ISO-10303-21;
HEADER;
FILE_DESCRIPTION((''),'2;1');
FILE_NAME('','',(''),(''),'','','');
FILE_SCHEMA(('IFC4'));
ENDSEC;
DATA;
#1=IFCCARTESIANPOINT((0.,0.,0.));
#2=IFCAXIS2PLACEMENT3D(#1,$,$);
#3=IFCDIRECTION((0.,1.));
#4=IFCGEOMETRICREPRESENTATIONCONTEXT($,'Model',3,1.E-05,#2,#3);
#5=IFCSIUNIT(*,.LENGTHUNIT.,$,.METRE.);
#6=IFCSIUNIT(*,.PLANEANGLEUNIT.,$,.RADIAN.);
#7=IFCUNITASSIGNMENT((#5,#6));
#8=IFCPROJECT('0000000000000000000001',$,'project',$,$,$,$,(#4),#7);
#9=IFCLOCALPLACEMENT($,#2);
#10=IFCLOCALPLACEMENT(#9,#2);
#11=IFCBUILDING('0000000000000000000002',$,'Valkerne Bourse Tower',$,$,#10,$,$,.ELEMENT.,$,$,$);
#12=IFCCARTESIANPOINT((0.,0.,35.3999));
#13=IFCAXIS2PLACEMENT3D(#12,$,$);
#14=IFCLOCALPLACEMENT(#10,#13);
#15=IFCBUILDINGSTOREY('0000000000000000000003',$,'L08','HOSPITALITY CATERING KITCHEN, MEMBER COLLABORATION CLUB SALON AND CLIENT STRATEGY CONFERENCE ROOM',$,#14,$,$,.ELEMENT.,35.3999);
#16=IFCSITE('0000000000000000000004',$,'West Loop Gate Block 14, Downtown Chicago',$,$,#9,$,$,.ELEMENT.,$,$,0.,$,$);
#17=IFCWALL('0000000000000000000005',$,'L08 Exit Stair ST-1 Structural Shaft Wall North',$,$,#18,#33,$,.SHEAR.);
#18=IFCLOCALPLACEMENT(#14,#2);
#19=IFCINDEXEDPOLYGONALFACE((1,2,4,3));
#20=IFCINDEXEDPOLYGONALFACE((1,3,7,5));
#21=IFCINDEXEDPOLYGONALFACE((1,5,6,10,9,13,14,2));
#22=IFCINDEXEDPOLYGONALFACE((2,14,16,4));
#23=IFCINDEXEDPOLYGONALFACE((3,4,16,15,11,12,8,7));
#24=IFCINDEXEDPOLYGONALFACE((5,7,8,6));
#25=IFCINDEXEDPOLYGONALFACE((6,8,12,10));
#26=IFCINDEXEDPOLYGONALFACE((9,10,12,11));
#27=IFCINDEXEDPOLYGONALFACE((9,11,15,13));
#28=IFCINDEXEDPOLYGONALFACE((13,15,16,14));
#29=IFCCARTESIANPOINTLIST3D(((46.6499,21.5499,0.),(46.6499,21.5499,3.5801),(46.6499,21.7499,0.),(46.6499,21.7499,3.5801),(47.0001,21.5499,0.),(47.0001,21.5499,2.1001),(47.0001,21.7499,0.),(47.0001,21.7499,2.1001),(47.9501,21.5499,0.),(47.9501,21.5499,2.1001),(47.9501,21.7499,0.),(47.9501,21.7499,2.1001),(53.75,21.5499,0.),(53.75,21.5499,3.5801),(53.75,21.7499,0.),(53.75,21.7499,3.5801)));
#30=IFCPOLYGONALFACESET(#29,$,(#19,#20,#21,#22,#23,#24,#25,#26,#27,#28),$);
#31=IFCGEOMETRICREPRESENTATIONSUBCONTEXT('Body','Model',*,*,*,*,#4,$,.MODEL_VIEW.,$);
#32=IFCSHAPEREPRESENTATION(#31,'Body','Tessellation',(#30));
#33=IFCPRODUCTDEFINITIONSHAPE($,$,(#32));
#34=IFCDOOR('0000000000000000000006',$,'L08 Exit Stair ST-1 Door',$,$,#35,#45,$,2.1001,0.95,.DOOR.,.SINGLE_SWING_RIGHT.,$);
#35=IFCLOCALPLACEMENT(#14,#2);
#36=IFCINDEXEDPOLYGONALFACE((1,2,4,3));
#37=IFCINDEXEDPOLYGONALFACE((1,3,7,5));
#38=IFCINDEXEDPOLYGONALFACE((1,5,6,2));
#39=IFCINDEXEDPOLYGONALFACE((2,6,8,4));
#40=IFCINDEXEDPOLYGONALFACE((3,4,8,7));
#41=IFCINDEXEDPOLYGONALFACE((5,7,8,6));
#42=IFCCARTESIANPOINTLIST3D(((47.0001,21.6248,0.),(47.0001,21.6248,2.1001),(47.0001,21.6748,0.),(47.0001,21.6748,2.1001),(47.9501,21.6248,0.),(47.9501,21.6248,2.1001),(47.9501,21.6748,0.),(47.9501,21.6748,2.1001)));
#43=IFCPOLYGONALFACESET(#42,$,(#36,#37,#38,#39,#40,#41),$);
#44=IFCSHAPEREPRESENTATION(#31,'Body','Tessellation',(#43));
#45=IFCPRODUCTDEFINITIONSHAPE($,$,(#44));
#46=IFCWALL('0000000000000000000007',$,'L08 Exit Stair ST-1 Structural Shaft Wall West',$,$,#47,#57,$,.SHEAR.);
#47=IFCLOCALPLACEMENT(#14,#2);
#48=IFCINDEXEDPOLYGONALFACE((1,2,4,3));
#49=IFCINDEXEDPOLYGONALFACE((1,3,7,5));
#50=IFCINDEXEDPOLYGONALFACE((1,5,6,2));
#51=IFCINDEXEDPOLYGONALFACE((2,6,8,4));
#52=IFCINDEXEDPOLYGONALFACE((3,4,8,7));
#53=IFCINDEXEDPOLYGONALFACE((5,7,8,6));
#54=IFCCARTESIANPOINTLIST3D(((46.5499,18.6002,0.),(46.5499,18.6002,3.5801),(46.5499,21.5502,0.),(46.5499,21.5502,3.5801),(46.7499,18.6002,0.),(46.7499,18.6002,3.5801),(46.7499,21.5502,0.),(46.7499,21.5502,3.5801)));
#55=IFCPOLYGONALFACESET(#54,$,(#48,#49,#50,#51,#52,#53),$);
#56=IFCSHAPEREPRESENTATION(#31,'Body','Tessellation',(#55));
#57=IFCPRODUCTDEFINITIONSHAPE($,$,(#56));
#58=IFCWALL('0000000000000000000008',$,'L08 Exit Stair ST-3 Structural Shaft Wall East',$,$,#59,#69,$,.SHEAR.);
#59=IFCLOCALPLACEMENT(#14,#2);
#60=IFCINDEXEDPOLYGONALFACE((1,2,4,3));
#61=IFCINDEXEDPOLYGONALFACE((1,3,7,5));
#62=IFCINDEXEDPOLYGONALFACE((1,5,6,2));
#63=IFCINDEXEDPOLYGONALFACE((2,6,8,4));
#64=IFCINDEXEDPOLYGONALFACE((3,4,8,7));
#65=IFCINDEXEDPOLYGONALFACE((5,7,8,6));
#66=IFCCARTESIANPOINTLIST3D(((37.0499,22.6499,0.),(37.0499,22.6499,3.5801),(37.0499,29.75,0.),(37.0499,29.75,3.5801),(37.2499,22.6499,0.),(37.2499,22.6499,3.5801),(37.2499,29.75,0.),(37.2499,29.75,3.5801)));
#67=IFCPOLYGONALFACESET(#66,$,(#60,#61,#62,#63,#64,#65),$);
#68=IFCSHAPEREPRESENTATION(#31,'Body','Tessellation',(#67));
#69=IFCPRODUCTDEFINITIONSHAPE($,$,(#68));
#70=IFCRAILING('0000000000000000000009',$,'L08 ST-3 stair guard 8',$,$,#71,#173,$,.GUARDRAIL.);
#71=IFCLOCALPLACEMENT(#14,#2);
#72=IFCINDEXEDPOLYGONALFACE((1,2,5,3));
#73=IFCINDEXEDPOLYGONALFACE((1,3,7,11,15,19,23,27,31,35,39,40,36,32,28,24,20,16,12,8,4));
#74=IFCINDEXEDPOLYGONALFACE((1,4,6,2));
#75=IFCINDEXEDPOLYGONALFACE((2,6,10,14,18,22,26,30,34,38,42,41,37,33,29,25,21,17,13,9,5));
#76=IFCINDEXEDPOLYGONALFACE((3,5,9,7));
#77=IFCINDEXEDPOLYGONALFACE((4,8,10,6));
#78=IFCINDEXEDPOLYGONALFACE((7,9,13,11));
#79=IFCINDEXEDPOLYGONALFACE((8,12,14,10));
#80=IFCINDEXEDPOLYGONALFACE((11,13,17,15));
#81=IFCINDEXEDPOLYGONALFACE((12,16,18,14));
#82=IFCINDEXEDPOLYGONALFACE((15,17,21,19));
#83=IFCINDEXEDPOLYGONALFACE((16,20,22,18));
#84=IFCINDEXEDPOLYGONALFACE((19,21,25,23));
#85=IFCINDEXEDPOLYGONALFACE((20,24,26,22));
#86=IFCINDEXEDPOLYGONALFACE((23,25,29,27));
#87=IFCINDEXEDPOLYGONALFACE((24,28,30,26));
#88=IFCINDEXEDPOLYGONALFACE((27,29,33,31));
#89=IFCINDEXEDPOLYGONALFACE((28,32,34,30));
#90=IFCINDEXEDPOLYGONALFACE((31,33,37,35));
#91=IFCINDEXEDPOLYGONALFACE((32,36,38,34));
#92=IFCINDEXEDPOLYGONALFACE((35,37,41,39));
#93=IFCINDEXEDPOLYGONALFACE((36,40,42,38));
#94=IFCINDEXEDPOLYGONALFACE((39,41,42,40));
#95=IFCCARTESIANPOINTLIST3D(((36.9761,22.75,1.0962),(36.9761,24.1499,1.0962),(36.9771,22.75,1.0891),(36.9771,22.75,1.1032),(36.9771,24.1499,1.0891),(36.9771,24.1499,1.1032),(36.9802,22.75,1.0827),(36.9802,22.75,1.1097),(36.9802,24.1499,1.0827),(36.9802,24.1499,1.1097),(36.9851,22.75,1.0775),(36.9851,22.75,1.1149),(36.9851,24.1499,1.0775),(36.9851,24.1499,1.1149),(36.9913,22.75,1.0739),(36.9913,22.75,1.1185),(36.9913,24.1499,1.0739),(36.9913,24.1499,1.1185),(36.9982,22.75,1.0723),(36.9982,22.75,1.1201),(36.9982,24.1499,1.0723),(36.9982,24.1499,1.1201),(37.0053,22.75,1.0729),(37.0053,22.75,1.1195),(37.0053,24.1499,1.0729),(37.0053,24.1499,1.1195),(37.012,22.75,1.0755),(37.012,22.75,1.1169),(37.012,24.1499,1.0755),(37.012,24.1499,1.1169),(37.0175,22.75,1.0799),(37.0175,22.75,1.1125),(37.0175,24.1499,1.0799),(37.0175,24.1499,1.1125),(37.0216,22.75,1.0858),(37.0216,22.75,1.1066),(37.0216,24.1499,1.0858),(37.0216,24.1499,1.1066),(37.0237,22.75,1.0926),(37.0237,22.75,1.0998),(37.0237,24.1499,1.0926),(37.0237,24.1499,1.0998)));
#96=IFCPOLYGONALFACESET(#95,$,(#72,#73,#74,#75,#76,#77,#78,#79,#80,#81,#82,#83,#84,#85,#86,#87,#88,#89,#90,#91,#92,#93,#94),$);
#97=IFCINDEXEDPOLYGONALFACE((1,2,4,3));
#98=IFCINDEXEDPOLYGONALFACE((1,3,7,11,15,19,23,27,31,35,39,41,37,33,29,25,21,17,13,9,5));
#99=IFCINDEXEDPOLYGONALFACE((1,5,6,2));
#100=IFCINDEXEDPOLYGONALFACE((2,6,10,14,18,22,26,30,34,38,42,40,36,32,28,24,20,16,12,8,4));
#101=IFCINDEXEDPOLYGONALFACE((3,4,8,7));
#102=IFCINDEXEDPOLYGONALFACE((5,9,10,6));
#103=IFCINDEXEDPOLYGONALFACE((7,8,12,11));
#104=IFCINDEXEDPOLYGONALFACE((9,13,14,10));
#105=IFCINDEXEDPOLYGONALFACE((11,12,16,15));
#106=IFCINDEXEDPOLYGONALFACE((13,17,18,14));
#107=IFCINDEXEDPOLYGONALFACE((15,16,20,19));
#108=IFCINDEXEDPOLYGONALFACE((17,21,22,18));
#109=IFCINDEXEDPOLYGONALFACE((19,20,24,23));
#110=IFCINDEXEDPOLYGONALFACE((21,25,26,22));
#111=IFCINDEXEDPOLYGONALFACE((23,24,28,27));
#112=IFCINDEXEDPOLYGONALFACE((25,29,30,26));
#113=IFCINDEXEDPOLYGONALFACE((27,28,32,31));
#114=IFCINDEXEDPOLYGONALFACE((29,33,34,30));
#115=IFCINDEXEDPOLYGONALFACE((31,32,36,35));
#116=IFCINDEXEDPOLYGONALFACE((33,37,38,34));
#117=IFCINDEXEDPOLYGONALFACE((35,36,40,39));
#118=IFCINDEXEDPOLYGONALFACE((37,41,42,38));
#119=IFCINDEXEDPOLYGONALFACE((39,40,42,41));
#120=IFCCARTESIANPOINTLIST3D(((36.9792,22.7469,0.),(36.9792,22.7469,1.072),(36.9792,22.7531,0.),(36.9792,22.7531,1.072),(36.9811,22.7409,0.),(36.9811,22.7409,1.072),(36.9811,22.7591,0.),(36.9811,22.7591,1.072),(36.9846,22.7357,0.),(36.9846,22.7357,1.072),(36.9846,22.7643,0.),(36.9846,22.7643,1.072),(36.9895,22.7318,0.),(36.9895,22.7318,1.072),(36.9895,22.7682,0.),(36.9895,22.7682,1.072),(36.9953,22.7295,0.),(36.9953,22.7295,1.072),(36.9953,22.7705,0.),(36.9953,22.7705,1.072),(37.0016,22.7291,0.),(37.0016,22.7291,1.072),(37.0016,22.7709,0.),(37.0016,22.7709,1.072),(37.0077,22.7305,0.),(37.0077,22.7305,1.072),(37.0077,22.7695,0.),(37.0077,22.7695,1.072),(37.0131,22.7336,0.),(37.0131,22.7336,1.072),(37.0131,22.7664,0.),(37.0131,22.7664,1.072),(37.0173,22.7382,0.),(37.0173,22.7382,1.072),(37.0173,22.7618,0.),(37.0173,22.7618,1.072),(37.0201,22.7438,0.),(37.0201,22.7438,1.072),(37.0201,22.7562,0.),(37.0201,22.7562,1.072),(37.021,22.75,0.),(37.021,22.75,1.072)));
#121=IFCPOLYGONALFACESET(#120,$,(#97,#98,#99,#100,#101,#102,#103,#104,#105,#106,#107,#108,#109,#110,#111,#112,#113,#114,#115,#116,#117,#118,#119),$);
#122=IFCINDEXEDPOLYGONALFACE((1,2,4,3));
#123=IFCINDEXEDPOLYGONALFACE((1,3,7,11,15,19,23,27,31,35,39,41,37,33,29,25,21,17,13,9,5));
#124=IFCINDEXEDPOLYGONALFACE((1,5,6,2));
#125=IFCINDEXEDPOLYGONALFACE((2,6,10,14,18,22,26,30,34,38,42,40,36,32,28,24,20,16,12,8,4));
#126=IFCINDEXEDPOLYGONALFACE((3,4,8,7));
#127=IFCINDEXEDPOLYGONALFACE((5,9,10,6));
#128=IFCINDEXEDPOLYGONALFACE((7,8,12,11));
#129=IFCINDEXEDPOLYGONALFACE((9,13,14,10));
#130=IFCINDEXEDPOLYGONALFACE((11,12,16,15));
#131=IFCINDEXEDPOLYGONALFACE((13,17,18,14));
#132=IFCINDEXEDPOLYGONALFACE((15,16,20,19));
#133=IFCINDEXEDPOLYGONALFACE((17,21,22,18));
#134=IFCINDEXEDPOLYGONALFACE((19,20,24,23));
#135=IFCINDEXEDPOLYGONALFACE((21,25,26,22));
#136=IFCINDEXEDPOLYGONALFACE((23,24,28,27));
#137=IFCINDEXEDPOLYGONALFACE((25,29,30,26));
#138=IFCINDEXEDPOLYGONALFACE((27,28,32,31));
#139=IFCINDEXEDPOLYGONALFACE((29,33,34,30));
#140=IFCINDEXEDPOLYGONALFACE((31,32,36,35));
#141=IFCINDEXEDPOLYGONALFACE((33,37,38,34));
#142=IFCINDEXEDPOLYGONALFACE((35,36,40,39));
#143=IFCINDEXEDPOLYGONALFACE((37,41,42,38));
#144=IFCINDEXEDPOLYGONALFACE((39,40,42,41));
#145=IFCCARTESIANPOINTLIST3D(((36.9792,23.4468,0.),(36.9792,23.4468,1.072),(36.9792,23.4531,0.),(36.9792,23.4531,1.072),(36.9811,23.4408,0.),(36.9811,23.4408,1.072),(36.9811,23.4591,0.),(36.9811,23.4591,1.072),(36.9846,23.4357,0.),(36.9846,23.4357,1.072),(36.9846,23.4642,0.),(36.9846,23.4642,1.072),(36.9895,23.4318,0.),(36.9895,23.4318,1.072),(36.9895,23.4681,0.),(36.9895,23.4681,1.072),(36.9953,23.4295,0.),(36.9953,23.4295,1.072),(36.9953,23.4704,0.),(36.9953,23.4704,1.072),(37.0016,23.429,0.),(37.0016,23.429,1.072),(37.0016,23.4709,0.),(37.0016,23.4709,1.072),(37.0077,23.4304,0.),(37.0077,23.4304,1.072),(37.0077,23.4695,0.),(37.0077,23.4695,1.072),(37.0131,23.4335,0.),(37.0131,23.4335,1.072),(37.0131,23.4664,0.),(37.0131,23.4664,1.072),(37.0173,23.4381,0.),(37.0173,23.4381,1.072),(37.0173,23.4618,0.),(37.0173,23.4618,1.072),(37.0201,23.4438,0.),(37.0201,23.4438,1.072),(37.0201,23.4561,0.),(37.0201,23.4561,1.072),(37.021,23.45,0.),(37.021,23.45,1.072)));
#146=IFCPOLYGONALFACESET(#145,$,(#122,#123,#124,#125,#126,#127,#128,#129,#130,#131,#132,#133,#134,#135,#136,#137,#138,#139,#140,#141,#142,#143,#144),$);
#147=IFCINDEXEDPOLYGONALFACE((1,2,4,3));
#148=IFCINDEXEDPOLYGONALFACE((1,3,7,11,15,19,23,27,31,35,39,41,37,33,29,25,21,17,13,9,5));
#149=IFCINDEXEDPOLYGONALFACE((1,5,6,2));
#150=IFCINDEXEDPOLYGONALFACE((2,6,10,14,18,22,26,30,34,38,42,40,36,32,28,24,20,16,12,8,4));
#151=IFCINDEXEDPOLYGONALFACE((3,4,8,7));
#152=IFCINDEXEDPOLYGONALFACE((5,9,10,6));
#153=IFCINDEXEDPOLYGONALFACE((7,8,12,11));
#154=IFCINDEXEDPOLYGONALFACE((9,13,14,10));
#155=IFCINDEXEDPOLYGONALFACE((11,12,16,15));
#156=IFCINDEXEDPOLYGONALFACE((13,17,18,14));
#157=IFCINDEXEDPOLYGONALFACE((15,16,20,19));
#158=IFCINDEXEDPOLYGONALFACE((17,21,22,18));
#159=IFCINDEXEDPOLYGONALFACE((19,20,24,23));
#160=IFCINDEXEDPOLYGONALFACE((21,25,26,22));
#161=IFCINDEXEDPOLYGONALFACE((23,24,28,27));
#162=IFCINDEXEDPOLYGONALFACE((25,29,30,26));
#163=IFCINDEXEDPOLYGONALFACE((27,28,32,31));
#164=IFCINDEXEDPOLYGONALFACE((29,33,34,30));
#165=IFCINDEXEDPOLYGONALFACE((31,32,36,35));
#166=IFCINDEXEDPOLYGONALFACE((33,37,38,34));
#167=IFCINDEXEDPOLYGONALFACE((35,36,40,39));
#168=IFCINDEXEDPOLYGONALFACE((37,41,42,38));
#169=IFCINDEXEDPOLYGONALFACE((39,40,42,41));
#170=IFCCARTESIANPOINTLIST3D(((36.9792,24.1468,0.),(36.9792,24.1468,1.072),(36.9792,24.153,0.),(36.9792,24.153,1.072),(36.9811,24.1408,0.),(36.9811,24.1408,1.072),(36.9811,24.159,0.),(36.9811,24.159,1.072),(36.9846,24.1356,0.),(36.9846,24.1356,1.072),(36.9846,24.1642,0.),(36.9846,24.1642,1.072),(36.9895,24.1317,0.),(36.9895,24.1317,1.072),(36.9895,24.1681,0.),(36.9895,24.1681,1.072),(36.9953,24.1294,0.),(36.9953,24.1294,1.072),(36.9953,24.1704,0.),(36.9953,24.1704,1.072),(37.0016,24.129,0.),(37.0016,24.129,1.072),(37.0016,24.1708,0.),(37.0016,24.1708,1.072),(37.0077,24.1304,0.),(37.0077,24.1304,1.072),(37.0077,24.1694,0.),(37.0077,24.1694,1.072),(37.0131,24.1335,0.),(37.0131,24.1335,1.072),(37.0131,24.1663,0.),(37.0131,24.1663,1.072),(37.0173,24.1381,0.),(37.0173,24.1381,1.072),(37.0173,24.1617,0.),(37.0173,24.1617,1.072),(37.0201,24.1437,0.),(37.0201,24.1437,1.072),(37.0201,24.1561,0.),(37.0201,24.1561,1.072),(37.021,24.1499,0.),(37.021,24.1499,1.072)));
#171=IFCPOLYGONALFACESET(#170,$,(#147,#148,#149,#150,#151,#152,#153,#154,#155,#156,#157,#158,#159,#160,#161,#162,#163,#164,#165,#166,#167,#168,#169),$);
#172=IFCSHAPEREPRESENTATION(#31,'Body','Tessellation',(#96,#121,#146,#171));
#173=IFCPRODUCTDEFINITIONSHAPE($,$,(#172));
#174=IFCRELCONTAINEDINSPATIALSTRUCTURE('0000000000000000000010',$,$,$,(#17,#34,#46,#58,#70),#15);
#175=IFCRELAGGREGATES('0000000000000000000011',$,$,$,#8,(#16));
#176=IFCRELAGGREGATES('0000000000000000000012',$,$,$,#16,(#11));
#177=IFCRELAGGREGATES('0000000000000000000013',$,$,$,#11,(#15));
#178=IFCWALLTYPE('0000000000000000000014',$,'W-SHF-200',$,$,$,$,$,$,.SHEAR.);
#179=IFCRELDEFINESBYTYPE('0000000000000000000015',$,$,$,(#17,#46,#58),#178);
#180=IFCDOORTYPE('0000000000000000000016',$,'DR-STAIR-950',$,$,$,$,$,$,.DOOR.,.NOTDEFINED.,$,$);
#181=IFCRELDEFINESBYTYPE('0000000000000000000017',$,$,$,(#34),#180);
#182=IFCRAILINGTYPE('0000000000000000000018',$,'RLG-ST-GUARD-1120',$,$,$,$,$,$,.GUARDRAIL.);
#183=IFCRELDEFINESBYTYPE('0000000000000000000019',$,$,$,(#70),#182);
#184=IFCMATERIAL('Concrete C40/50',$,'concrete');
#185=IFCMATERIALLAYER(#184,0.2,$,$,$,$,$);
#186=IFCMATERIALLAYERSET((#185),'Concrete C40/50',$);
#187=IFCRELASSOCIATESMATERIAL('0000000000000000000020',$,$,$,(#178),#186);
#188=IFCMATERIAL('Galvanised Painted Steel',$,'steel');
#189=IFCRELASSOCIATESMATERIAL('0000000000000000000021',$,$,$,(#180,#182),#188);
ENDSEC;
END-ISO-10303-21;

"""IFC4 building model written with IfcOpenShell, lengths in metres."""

from ifc_helpers import new_model, si_unit, direction, frame, frame_2d, origin, origin_2d, place, context, subcontext, project, spatial, rectangle, circle, extrude, material, layer, layer_set, type_object, element, fill, save


model = new_model("IFC4")

# Units and contexts
model_context = context("Model", 3, precision=1e-05, world=origin(), true_north=direction((0.0, 1.0)))
body_context = subcontext(model_context, "Body", "Model", "MODEL_VIEW")
ifc_project = project(units=[si_unit("LENGTHUNIT", "METRE"), si_unit("PLANEANGLEUNIT", "RADIAN")], contexts=[model_context])

# Site, building, storey
site_placement = place(None, origin())
site = spatial("IfcSite", under=ifc_project, at=site_placement, Name="West Loop Gate Block 14, Downtown Chicago", CompositionType="ELEMENT", RefElevation=0.0)
building_placement = place(site_placement, origin())
building = spatial("IfcBuilding", under=site, at=building_placement, Name="Valkerne Bourse Tower", CompositionType="ELEMENT")
storey_placement = place(building_placement, frame((0.0, 0.0, 35.3999)))
storey = spatial("IfcBuildingStorey", under=building, at=storey_placement, Name="L08", Description="HOSPITALITY CATERING KITCHEN, MEMBER COLLABORATION CLUB SALON AND CLIENT STRATEGY CONFERENCE ROOM", CompositionType="ELEMENT", Elevation=35.3999)

# Shared definitions
ifc_material_1 = material(Name="Galvanised Painted Steel", Category="steel")

# Wall, opening, door
ifc_material_2 = material(Name="Concrete C40/50", Category="concrete")
ifc_layer_1 = layer(ifc_material_2, 0.2)
ifc_layer_set_1 = layer_set([ifc_layer_1], Name="Concrete C40/50")
wall_type_1 = type_object("IfcWallType", Name="W-SHF-200", PredefinedType="SHEAR", material=ifc_layer_set_1)
wall_1_placement = place(storey_placement, frame((46.6499, 21.6499, 0.0), z_axis=(0.0, 0.0, 1.0), x_axis=(1.0, 0.0, 0.0)))
wall_1 = element("IfcWall", 1, at=wall_1_placement, inside=storey, type_object=wall_type_1, Name="L08 Exit Stair ST-1 Structural Shaft Wall North", PredefinedType="SHEAR", context=body_context, shape_type="SweptSolid", body=[
    extrude(rectangle(XDim=7.1001, YDim=0.2, at=frame_2d((3.55, 0.0))), origin(), (0.0, 0.0, 1.0), 3.5801),
])
opening_1_placement = place(wall_1_placement, frame((0.3501, 0.0, 0.0)))
opening_1 = element("IfcOpeningElement", 2, at=opening_1_placement, cuts=wall_1, PredefinedType="OPENING", context=body_context, shape_type="SweptSolid", body=[
    extrude(rectangle(XDim=0.95, YDim=2.1001, at=frame_2d((0.4751, 1.05))), frame((0.0, 0.1099, 0.0), z_axis=(0.0, -1.0, 0.0), x_axis=(1.0, 0.0, 0.0)), (0.0, 0.0, 1.0), 0.22),
])
door_type_1 = type_object("IfcDoorType", Name="DR-STAIR-950", OperationType="NOTDEFINED", PredefinedType="DOOR", material=ifc_material_1)
door_1_placement = place(opening_1_placement, origin())
door_1 = element("IfcDoor", 3, at=door_1_placement, inside=storey, type_object=door_type_1, Name="L08 Exit Stair ST-1 Door", OperationType="SINGLE_SWING_RIGHT", OverallHeight=2.1001, OverallWidth=0.95, PredefinedType="DOOR", context=body_context, shape_type="SweptSolid", body=[
    extrude(rectangle(XDim=0.95, YDim=2.1001, at=frame_2d((0.4751, 1.05))), frame((0.0, 0.0249, 0.0), z_axis=(0.0, -1.0, 0.0), x_axis=(1.0, 0.0, 0.0)), (0.0, 0.0, 1.0), 0.05),
])
fill(opening_1, door_1)

# Walls
wall_2_placement = place(storey_placement, frame((46.6499, 18.6001, 0.0), z_axis=(0.0, 0.0, 1.0), x_axis=(0.0, 1.0, 0.0)))
element("IfcWall", 4, at=wall_2_placement, inside=storey, type_object=wall_type_1, Name="L08 Exit Stair ST-1 Structural Shaft Wall West", PredefinedType="SHEAR", context=body_context, shape_type="SweptSolid", body=[
    extrude(rectangle(XDim=2.95, YDim=0.2, at=frame_2d((1.4751, 0.0))), origin(), (0.0, 0.0, 1.0), 3.5801),
])
wall_3_placement = place(storey_placement, frame((37.1499, 22.6499, 0.0), z_axis=(0.0, 0.0, 1.0), x_axis=(0.0, 1.0, 0.0)))
element("IfcWall", 5, at=wall_3_placement, inside=storey, type_object=wall_type_1, Name="L08 Exit Stair ST-3 Structural Shaft Wall East", PredefinedType="SHEAR", context=body_context, shape_type="SweptSolid", body=[
    extrude(rectangle(XDim=7.1001, YDim=0.2, at=frame_2d((3.55, 0.0))), origin(), (0.0, 0.0, 1.0), 3.5801),
])

# Railing
railing_type_1 = type_object("IfcRailingType", Name="RLG-ST-GUARD-1120", PredefinedType="GUARDRAIL", material=ifc_material_1)
railing_1_placement = place(storey_placement, frame((37.0, 22.75, 0.0)))
element("IfcRailing", 6, at=railing_1_placement, inside=storey, type_object=railing_type_1, Name="L08 ST-3 stair guard 8", PredefinedType="GUARDRAIL", context=body_context, shape_type="SweptSolid", body=[
    extrude(circle(Radius=0.0239, at=origin_2d()), frame((0.0, 0.0, 1.0962), z_axis=(0.0, 1.0, 0.0), x_axis=(-1.0, 0.0, 0.0)), (0.0, 0.0, 1.0), 1.3999),
    extrude(circle(Radius=0.021, at=origin_2d()), origin(), (0.0, 0.0, 1.0), 1.072),
    extrude(circle(Radius=0.021, at=origin_2d()), frame((0.0, 0.7, 0.0)), (0.0, 0.0, 1.0), 1.072),
    extrude(circle(Radius=0.021, at=origin_2d()), frame((0.0, 1.3999, 0.0)), (0.0, 0.0, 1.0), 1.072),
])

save(model, "model.ifc")
